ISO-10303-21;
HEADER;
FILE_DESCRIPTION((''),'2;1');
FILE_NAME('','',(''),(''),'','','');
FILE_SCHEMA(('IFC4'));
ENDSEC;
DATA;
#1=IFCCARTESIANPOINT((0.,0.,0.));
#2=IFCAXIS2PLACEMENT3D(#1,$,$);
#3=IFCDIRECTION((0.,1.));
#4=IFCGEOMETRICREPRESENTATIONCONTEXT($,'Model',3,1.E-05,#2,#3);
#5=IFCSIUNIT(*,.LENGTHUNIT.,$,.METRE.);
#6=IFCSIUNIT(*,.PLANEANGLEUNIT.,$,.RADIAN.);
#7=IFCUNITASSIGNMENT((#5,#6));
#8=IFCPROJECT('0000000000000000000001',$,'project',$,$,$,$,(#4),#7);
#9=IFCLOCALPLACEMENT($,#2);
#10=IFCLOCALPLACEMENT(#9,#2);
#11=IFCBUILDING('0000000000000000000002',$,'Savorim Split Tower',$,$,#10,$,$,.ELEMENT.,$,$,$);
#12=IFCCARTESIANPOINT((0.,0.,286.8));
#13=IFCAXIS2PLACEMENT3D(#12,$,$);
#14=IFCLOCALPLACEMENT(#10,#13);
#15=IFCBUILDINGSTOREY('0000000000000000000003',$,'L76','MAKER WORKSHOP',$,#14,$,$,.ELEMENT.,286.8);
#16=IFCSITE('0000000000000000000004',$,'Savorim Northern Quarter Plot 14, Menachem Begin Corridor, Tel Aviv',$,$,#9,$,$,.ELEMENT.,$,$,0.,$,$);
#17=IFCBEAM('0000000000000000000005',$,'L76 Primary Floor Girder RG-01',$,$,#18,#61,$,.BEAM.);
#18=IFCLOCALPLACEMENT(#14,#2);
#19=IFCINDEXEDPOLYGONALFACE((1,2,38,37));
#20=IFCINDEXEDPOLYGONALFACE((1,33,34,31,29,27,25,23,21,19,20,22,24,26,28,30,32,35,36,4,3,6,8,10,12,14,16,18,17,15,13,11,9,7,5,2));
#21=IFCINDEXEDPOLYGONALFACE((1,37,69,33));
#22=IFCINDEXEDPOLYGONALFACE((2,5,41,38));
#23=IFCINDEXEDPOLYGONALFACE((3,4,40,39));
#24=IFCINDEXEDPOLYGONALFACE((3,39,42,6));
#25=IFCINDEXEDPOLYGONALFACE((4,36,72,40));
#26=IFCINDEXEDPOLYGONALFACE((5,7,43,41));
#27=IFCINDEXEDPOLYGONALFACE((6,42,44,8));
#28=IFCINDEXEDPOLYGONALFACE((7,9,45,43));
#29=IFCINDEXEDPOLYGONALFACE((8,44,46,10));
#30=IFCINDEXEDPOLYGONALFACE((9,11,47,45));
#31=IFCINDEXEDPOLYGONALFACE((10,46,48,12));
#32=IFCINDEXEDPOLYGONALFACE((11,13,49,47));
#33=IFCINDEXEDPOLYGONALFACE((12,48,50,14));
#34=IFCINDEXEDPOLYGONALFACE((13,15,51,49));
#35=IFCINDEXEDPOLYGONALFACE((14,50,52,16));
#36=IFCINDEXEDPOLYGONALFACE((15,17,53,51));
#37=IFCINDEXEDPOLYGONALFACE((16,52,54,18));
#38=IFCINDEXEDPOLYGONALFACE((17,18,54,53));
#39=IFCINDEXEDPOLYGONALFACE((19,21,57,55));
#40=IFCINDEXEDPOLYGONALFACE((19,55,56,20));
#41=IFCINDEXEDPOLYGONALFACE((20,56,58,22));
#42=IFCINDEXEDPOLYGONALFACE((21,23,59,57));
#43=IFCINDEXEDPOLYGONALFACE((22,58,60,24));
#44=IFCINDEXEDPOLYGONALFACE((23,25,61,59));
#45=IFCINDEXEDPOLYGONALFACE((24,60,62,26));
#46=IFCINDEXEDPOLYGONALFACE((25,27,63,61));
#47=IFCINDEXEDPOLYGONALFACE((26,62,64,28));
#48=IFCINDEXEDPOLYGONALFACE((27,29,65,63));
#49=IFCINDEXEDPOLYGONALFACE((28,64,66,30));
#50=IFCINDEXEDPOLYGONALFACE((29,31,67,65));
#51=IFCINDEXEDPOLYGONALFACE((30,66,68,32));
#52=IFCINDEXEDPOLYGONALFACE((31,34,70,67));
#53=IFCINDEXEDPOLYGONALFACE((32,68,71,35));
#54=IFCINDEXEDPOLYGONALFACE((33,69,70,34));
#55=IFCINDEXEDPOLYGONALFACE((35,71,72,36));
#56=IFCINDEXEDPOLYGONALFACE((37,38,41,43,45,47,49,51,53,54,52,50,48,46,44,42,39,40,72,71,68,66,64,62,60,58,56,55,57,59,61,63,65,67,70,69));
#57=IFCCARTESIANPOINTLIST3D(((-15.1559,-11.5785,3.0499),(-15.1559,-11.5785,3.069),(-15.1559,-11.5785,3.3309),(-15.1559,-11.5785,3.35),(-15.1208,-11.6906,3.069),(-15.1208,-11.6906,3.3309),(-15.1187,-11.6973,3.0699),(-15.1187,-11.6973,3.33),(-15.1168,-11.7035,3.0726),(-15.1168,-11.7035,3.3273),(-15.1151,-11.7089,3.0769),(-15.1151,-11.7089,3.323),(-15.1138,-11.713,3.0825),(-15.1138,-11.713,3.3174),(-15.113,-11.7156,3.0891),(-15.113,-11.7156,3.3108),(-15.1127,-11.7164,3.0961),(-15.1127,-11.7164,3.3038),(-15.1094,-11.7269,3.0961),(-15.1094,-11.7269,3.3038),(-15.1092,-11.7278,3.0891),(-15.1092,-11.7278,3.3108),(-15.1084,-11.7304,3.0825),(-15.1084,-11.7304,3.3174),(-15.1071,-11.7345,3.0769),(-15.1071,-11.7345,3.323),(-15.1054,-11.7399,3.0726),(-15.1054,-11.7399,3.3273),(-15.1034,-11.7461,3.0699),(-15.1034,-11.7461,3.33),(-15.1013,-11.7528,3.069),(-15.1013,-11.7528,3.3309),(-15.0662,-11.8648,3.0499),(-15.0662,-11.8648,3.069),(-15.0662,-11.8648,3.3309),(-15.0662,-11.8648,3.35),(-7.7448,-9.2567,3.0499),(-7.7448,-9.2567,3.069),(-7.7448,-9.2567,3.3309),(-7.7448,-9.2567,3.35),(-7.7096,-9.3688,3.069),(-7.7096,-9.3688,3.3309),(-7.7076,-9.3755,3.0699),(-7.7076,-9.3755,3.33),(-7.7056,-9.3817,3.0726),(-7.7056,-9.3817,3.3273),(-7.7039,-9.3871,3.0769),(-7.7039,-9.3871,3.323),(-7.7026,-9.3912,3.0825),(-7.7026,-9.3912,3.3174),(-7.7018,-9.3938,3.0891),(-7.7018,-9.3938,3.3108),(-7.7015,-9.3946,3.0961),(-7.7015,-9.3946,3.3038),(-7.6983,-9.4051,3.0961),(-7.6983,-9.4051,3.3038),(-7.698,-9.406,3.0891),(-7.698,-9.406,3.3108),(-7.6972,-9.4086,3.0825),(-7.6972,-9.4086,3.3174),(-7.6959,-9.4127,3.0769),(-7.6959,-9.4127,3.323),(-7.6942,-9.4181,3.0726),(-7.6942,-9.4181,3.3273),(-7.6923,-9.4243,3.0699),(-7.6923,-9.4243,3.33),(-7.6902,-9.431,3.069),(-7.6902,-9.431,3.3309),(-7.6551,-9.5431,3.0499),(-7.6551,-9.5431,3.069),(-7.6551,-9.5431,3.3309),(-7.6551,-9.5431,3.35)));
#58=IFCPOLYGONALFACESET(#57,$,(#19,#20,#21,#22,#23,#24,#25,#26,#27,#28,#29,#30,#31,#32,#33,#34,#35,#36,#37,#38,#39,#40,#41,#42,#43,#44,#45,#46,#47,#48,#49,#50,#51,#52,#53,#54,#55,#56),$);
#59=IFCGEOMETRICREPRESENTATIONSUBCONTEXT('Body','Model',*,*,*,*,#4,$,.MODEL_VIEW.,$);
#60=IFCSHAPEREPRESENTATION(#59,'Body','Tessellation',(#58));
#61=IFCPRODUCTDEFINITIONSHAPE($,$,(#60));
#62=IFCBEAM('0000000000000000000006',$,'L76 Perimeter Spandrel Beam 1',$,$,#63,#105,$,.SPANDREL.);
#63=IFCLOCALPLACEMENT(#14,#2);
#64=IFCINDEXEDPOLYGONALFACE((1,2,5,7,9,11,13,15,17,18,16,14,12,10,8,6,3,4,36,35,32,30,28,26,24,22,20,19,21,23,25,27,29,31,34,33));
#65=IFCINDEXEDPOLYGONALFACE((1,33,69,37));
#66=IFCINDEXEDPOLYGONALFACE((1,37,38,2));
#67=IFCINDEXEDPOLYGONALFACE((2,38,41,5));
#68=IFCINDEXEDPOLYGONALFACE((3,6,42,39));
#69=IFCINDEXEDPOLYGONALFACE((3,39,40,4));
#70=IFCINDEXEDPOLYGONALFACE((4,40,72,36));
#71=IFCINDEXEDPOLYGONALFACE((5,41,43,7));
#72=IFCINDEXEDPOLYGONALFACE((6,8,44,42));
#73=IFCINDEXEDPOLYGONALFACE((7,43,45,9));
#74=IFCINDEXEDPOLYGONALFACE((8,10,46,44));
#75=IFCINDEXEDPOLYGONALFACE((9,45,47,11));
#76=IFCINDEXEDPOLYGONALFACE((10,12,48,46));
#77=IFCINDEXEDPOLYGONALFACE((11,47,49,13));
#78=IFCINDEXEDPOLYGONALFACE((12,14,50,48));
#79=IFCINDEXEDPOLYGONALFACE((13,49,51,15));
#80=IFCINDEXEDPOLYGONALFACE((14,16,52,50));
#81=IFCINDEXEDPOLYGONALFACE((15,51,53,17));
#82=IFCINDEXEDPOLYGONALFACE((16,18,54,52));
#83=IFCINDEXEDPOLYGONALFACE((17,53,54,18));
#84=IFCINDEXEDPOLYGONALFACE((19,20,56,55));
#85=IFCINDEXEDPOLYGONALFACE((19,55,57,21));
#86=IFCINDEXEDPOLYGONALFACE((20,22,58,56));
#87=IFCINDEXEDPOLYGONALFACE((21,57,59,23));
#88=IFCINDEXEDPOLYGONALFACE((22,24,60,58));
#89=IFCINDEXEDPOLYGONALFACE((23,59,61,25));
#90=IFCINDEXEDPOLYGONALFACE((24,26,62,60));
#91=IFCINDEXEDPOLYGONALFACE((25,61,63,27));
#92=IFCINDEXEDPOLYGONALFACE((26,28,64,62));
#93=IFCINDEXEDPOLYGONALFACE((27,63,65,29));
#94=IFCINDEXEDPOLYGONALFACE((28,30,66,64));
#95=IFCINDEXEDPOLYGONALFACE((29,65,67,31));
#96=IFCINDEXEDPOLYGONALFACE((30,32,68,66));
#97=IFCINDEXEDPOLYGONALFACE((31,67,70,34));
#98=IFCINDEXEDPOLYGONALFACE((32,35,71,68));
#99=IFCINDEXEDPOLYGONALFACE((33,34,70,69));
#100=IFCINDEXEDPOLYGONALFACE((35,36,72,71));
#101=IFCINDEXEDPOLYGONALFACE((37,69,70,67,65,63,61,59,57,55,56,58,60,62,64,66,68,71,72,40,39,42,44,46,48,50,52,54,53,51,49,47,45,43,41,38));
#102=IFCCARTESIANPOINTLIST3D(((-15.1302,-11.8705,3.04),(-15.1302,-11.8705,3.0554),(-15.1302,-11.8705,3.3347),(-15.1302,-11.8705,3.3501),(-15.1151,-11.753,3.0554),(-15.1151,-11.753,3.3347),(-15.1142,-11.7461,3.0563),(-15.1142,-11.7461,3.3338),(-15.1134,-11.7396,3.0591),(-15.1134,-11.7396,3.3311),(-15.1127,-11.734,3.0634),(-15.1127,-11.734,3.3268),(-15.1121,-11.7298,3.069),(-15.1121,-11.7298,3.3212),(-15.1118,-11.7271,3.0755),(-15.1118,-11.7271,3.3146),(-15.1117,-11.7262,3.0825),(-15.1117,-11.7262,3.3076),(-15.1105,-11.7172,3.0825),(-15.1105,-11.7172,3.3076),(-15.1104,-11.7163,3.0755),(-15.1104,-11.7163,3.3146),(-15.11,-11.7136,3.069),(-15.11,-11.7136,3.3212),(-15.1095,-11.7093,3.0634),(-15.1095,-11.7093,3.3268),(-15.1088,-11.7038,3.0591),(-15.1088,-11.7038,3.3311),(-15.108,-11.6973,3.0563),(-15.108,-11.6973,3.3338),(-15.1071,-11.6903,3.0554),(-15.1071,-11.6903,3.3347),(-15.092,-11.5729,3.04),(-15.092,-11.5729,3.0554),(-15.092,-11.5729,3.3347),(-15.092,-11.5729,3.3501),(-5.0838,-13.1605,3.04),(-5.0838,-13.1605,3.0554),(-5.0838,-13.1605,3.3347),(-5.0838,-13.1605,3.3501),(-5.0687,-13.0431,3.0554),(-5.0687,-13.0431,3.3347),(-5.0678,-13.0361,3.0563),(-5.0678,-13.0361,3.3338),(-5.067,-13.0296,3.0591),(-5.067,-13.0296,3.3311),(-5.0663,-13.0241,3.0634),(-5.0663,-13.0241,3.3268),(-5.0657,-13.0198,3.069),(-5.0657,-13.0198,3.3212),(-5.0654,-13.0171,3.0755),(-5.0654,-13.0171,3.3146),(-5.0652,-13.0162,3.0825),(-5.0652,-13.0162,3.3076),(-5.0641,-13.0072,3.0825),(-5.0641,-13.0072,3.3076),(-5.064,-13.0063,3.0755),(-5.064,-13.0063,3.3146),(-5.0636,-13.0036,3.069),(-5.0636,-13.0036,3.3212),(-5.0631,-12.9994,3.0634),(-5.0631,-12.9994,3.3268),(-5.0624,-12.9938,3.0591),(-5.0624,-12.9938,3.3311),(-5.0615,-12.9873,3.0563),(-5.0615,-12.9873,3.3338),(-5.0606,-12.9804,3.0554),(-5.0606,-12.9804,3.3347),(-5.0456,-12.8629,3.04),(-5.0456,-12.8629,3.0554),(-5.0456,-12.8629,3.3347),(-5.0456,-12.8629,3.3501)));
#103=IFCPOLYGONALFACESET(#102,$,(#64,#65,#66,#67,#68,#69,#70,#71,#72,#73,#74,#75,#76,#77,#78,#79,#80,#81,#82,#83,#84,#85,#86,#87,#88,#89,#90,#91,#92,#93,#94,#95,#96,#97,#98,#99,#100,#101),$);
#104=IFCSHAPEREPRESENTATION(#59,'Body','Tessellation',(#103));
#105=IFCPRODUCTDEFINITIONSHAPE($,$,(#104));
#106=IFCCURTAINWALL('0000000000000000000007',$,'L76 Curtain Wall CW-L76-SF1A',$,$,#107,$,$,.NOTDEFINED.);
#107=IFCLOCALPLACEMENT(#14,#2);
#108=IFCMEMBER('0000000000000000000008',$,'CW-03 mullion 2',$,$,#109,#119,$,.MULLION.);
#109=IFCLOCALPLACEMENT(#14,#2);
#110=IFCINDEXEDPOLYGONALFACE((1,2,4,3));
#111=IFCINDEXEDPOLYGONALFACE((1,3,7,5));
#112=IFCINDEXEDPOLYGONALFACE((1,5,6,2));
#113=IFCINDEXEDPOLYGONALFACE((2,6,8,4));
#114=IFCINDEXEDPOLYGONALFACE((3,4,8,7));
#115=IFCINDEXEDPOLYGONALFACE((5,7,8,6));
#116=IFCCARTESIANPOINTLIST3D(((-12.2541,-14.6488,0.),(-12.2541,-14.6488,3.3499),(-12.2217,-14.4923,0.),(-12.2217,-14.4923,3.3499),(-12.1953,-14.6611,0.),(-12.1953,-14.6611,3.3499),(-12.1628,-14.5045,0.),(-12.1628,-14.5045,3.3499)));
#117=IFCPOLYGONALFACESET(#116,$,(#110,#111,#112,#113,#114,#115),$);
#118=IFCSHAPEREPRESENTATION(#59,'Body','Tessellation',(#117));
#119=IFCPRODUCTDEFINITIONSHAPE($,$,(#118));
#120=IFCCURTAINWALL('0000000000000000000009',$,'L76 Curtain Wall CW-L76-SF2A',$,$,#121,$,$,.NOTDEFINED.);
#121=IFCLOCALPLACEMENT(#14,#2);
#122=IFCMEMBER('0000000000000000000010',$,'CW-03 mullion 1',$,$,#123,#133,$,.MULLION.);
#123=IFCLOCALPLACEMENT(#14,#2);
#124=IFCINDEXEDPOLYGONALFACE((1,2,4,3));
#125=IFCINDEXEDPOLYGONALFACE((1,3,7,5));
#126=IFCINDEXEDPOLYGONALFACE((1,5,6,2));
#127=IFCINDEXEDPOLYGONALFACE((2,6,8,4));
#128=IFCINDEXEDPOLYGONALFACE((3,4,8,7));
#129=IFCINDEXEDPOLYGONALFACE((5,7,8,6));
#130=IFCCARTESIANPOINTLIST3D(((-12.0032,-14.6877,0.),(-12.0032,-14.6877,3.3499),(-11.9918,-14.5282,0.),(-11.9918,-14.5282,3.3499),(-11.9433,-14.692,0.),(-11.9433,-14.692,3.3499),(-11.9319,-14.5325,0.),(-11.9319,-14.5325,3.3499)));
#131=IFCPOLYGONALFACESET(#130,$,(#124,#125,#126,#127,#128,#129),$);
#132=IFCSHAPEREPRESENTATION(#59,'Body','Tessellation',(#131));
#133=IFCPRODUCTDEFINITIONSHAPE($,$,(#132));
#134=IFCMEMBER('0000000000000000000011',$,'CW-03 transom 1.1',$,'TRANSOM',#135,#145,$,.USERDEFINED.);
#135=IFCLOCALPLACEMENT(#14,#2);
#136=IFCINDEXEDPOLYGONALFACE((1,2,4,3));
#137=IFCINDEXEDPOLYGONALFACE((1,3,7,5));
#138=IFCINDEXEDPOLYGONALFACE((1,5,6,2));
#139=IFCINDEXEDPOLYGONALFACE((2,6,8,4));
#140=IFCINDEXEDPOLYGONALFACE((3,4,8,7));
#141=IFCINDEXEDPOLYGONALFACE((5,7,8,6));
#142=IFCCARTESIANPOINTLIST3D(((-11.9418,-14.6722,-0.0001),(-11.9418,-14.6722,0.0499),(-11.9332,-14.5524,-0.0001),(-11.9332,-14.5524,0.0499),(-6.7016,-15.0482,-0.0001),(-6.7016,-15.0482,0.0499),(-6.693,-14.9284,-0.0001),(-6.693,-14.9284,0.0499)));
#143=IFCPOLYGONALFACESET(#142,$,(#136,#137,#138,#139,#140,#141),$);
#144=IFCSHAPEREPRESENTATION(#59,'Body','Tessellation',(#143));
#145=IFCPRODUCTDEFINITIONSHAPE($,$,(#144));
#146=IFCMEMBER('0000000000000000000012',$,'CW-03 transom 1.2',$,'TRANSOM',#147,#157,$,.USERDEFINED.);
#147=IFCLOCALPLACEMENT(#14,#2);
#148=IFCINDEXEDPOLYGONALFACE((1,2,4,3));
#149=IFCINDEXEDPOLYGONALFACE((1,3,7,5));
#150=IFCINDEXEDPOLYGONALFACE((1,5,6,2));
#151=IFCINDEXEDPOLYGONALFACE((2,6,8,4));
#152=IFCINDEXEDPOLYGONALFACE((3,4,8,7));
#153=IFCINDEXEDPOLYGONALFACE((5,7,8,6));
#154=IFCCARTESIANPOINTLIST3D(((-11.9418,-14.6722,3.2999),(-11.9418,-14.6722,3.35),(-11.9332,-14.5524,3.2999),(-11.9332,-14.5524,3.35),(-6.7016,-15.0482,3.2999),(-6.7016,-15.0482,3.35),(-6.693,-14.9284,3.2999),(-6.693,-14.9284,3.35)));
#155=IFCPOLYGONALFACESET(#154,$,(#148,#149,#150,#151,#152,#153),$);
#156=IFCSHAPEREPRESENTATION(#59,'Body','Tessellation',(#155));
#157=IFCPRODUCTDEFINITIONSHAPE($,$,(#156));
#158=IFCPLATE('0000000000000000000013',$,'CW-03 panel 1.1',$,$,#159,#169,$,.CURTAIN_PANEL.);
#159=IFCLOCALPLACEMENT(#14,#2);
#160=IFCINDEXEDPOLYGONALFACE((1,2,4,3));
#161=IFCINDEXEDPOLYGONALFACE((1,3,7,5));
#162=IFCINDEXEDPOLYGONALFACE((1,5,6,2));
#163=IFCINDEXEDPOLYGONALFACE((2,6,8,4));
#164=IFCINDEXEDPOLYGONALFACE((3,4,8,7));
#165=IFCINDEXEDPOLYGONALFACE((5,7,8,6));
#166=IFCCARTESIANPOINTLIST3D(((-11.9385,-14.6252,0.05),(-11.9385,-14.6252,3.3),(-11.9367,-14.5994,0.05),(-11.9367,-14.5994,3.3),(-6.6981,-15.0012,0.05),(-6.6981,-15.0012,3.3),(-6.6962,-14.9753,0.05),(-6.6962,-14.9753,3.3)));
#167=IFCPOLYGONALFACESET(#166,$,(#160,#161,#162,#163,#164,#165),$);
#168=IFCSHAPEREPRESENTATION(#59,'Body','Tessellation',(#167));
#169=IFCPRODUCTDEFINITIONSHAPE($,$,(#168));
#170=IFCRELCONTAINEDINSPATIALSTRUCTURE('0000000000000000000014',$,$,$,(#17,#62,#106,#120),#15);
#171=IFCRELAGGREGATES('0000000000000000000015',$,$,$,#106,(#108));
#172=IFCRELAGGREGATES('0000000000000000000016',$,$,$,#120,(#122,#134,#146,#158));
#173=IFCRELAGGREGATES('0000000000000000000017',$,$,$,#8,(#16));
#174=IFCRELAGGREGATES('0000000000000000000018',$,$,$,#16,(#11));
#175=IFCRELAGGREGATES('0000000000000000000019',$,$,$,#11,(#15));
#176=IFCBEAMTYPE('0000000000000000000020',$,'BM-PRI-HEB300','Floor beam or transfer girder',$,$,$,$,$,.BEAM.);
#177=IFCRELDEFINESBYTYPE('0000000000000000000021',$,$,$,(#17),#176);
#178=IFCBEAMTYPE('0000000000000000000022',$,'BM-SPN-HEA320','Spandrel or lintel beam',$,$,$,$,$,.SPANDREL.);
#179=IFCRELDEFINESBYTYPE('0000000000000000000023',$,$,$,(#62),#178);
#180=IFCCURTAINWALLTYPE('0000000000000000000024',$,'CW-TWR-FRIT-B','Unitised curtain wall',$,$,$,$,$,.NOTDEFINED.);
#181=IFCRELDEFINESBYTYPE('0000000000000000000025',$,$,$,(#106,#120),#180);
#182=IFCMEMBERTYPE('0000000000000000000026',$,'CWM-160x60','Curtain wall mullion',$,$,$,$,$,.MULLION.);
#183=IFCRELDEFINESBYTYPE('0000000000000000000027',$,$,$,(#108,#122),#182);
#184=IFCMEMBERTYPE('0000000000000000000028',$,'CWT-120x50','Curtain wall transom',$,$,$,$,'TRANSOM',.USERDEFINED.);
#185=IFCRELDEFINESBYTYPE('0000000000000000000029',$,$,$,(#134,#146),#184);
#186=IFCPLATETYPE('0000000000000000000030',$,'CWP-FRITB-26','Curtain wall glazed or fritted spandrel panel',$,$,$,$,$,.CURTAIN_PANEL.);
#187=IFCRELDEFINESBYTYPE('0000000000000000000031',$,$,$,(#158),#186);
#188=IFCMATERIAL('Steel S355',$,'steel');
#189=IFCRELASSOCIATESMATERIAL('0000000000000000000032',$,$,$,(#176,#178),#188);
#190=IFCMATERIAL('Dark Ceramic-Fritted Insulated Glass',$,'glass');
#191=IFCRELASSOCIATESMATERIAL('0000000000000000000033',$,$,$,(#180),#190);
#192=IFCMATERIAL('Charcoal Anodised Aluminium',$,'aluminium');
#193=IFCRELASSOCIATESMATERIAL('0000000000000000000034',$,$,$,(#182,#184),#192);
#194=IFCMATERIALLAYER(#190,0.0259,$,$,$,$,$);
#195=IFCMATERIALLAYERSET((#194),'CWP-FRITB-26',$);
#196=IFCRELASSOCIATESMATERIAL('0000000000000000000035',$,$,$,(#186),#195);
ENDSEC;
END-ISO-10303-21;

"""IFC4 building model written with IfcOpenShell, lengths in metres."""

from ifc_helpers import new_model, si_unit, direction, frame, origin, origin_2d, place, context, subcontext, project, spatial, rectangle, i_section, extrude, material, layer, layer_set, material_profile, profile_set, type_object, element, aggregate, save


model = new_model("IFC4")

# Units and contexts
model_context = context("Model", 3, precision=1e-05, world=origin(), true_north=direction((0.0, 1.0)))
body_context = subcontext(model_context, "Body", "Model", "MODEL_VIEW")
ifc_project = project(units=[si_unit("LENGTHUNIT", "METRE"), si_unit("PLANEANGLEUNIT", "RADIAN")], contexts=[model_context])

# Site, building, storey
site_placement = place(None, origin())
site = spatial("IfcSite", under=ifc_project, at=site_placement, Name="Savorim Northern Quarter Plot 14, Menachem Begin Corridor, Tel Aviv", CompositionType="ELEMENT", RefElevation=0.0)
building_placement = place(site_placement, origin())
building = spatial("IfcBuilding", under=site, at=building_placement, Name="Savorim Split Tower", CompositionType="ELEMENT")
storey_placement = place(building_placement, frame((0.0, 0.0, 286.8)))
storey = spatial("IfcBuildingStorey", under=building, at=storey_placement, Name="L76", Description="MAKER WORKSHOP", CompositionType="ELEMENT", Elevation=286.8)

# Shared definitions
ifc_material_1 = material(Name="Steel S355", Category="steel")

# Beams
ifc_material_profile_1 = material_profile(ifc_material_1, i_section(OverallWidth=0.3, OverallDepth=0.3, WebThickness=0.011, FlangeThickness=0.019, FilletRadius=0.0271, at=origin_2d()), Name="HEB 300")
ifc_profile_set_1 = profile_set([ifc_material_profile_1], Name="Steel S355")
beam_type_1 = type_object("IfcBeamType", Name="BM-PRI-HEB300", Description="Floor beam or transfer girder", PredefinedType="BEAM", material=ifc_profile_set_1)
beam_1_placement = place(storey_placement, frame((-15.1111, -11.7217, 3.2), z_axis=(0.954267, 0.298955, 0.0), x_axis=(-0.298955, 0.954267, 0.0)))
element("IfcBeam", 1, at=beam_1_placement, inside=storey, type_object=beam_type_1, Name="L76 Primary Floor Girder RG-01", PredefinedType="BEAM", context=body_context, shape_type="SweptSolid", body=[
    extrude(i_section(OverallWidth=0.3, OverallDepth=0.3, WebThickness=0.011, FlangeThickness=0.019, FilletRadius=0.0271, at=origin_2d()), origin(), (0.0, 0.0, 1.0), 7.7664),
])
ifc_material_profile_2 = material_profile(ifc_material_1, i_section(OverallWidth=0.3, OverallDepth=0.3101, WebThickness=0.009, FlangeThickness=0.0154, FilletRadius=0.0271, at=origin_2d()), Name="HEA 320")
ifc_profile_set_2 = profile_set([ifc_material_profile_2], Name="Steel S355")
beam_type_2 = type_object("IfcBeamType", Name="BM-SPN-HEA320", Description="Spandrel or lintel beam", PredefinedType="SPANDREL", material=ifc_profile_set_2)
beam_2_placement = place(storey_placement, frame((-15.1111, -11.7217, 3.1951), z_axis=(0.991856, -0.127363, 0.0), x_axis=(0.127363, 0.991856, 0.0)))
element("IfcBeam", 2, at=beam_2_placement, inside=storey, type_object=beam_type_2, Name="L76 Perimeter Spandrel Beam 1", PredefinedType="SPANDREL", context=body_context, shape_type="SweptSolid", body=[
    extrude(i_section(OverallWidth=0.3, OverallDepth=0.3101, WebThickness=0.009, FlangeThickness=0.0154, FilletRadius=0.0271, at=origin_2d()), origin(), (0.0, 0.0, 1.0), 10.1289),
])

# Curtain wall, member
ifc_material_2 = material(Name="Dark Ceramic-Fritted Insulated Glass", Category="glass")
curtain_wall_type = type_object("IfcCurtainWallType", Name="CW-TWR-FRIT-B", Description="Unitised curtain wall", PredefinedType="NOTDEFINED", material=ifc_material_2)
curtain_wall_1_placement = place(storey_placement, origin())
curtain_wall_1 = element("IfcCurtainWall", 3, at=curtain_wall_1_placement, inside=storey, type_object=curtain_wall_type, Name="L76 Curtain Wall CW-L76-SF1A", PredefinedType="NOTDEFINED")
ifc_material_3 = material(Name="Charcoal Anodised Aluminium", Category="aluminium")
ifc_material_profile_3 = material_profile(ifc_material_3, rectangle(XDim=0.1599, YDim=0.0601, at=origin_2d()), Name="ALU-M 160x60")
ifc_profile_set_3 = profile_set([ifc_material_profile_3], Name="Charcoal Anodised Aluminium")
member_type_1 = type_object("IfcMemberType", Name="CWM-160x60", Description="Curtain wall mullion", PredefinedType="MULLION", material=ifc_profile_set_3)
member_1_placement = place(storey_placement, frame((-12.2085, -14.5767, 0.0), z_axis=(0.0, 0.0, 1.0), x_axis=(0.203215, 0.979134, 0.0)))
member_1 = element("IfcMember", 4, at=member_1_placement, type_object=member_type_1, Name="CW-03 mullion 2", PredefinedType="MULLION", context=body_context, shape_type="SweptSolid", body=[
    extrude(rectangle(XDim=0.1599, YDim=0.0601, at=origin_2d()), origin(), (0.0, 0.0, 1.0), 3.3499),
])
aggregate(curtain_wall_1, [member_1])

# Curtain wall, members, plate
curtain_wall_2_placement = place(storey_placement, origin())
curtain_wall_2 = element("IfcCurtainWall", 5, at=curtain_wall_2_placement, inside=storey, type_object=curtain_wall_type, Name="L76 Curtain Wall CW-L76-SF2A", PredefinedType="NOTDEFINED")
member_2_placement = place(storey_placement, frame((-11.9675, -14.6101, 0.0), z_axis=(0.0, 0.0, 1.0), x_axis=(0.07155, 0.997437, 0.0)))
member_2 = element("IfcMember", 6, at=member_2_placement, type_object=member_type_1, Name="CW-03 mullion 1", PredefinedType="MULLION", context=body_context, shape_type="SweptSolid", body=[
    extrude(rectangle(XDim=0.1599, YDim=0.0601, at=origin_2d()), origin(), (0.0, 0.0, 1.0), 3.3499),
])
ifc_material_profile_4 = material_profile(ifc_material_3, rectangle(XDim=0.1201, YDim=0.05, at=origin_2d()), Name="ALU-T 120x50")
ifc_profile_set_4 = profile_set([ifc_material_profile_4], Name="Charcoal Anodised Aluminium")
member_type_2 = type_object("IfcMemberType", Name="CWT-120x50", Description="Curtain wall transom", ElementType="TRANSOM", PredefinedType="USERDEFINED", material=ifc_profile_set_4)
member_3_placement = place(storey_placement, frame((-11.9375, -14.6123, 0.0249), z_axis=(0.997436, -0.071564, 0.0), x_axis=(0.071564, 0.997436, 0.0)))
member_3 = element("IfcMember", 7, at=member_3_placement, type_object=member_type_2, Name="CW-03 transom 1.1", ObjectType="TRANSOM", PredefinedType="USERDEFINED", context=body_context, shape_type="SweptSolid", body=[
    extrude(rectangle(XDim=0.1201, YDim=0.05, at=origin_2d()), origin(), (0.0, 0.0, 1.0), 5.2537),
])
member_4_placement = place(storey_placement, frame((-11.9375, -14.6123, 3.325), z_axis=(0.997436, -0.071564, 0.0), x_axis=(0.071564, 0.997436, 0.0)))
member_4 = element("IfcMember", 8, at=member_4_placement, type_object=member_type_2, Name="CW-03 transom 1.2", ObjectType="TRANSOM", PredefinedType="USERDEFINED", context=body_context, shape_type="SweptSolid", body=[
    extrude(rectangle(XDim=0.1201, YDim=0.05, at=origin_2d()), origin(), (0.0, 0.0, 1.0), 5.2537),
])
ifc_layer_1 = layer(ifc_material_2, 0.0259)
ifc_layer_set_1 = layer_set([ifc_layer_1], Name="CWP-FRITB-26")
plate_type = type_object("IfcPlateType", Name="CWP-FRITB-26", Description="Curtain wall glazed or fritted spandrel panel", PredefinedType="CURTAIN_PANEL", material=ifc_layer_set_1)
plate_placement = place(storey_placement, frame((-9.3174, -14.8003, 0.05), z_axis=(0.0, 0.0, 1.0), x_axis=(0.997437, -0.07155, 0.0)))
plate = element("IfcPlate", 9, at=plate_placement, type_object=plate_type, Name="CW-03 panel 1.1", PredefinedType="CURTAIN_PANEL", context=body_context, shape_type="SweptSolid", body=[
    extrude(rectangle(XDim=5.2539, YDim=0.0259, at=origin_2d()), origin(), (0.0, 0.0, 1.0), 3.25),
])
aggregate(curtain_wall_2, [member_2, member_3, member_4, plate])

save(model, "model.ifc")
